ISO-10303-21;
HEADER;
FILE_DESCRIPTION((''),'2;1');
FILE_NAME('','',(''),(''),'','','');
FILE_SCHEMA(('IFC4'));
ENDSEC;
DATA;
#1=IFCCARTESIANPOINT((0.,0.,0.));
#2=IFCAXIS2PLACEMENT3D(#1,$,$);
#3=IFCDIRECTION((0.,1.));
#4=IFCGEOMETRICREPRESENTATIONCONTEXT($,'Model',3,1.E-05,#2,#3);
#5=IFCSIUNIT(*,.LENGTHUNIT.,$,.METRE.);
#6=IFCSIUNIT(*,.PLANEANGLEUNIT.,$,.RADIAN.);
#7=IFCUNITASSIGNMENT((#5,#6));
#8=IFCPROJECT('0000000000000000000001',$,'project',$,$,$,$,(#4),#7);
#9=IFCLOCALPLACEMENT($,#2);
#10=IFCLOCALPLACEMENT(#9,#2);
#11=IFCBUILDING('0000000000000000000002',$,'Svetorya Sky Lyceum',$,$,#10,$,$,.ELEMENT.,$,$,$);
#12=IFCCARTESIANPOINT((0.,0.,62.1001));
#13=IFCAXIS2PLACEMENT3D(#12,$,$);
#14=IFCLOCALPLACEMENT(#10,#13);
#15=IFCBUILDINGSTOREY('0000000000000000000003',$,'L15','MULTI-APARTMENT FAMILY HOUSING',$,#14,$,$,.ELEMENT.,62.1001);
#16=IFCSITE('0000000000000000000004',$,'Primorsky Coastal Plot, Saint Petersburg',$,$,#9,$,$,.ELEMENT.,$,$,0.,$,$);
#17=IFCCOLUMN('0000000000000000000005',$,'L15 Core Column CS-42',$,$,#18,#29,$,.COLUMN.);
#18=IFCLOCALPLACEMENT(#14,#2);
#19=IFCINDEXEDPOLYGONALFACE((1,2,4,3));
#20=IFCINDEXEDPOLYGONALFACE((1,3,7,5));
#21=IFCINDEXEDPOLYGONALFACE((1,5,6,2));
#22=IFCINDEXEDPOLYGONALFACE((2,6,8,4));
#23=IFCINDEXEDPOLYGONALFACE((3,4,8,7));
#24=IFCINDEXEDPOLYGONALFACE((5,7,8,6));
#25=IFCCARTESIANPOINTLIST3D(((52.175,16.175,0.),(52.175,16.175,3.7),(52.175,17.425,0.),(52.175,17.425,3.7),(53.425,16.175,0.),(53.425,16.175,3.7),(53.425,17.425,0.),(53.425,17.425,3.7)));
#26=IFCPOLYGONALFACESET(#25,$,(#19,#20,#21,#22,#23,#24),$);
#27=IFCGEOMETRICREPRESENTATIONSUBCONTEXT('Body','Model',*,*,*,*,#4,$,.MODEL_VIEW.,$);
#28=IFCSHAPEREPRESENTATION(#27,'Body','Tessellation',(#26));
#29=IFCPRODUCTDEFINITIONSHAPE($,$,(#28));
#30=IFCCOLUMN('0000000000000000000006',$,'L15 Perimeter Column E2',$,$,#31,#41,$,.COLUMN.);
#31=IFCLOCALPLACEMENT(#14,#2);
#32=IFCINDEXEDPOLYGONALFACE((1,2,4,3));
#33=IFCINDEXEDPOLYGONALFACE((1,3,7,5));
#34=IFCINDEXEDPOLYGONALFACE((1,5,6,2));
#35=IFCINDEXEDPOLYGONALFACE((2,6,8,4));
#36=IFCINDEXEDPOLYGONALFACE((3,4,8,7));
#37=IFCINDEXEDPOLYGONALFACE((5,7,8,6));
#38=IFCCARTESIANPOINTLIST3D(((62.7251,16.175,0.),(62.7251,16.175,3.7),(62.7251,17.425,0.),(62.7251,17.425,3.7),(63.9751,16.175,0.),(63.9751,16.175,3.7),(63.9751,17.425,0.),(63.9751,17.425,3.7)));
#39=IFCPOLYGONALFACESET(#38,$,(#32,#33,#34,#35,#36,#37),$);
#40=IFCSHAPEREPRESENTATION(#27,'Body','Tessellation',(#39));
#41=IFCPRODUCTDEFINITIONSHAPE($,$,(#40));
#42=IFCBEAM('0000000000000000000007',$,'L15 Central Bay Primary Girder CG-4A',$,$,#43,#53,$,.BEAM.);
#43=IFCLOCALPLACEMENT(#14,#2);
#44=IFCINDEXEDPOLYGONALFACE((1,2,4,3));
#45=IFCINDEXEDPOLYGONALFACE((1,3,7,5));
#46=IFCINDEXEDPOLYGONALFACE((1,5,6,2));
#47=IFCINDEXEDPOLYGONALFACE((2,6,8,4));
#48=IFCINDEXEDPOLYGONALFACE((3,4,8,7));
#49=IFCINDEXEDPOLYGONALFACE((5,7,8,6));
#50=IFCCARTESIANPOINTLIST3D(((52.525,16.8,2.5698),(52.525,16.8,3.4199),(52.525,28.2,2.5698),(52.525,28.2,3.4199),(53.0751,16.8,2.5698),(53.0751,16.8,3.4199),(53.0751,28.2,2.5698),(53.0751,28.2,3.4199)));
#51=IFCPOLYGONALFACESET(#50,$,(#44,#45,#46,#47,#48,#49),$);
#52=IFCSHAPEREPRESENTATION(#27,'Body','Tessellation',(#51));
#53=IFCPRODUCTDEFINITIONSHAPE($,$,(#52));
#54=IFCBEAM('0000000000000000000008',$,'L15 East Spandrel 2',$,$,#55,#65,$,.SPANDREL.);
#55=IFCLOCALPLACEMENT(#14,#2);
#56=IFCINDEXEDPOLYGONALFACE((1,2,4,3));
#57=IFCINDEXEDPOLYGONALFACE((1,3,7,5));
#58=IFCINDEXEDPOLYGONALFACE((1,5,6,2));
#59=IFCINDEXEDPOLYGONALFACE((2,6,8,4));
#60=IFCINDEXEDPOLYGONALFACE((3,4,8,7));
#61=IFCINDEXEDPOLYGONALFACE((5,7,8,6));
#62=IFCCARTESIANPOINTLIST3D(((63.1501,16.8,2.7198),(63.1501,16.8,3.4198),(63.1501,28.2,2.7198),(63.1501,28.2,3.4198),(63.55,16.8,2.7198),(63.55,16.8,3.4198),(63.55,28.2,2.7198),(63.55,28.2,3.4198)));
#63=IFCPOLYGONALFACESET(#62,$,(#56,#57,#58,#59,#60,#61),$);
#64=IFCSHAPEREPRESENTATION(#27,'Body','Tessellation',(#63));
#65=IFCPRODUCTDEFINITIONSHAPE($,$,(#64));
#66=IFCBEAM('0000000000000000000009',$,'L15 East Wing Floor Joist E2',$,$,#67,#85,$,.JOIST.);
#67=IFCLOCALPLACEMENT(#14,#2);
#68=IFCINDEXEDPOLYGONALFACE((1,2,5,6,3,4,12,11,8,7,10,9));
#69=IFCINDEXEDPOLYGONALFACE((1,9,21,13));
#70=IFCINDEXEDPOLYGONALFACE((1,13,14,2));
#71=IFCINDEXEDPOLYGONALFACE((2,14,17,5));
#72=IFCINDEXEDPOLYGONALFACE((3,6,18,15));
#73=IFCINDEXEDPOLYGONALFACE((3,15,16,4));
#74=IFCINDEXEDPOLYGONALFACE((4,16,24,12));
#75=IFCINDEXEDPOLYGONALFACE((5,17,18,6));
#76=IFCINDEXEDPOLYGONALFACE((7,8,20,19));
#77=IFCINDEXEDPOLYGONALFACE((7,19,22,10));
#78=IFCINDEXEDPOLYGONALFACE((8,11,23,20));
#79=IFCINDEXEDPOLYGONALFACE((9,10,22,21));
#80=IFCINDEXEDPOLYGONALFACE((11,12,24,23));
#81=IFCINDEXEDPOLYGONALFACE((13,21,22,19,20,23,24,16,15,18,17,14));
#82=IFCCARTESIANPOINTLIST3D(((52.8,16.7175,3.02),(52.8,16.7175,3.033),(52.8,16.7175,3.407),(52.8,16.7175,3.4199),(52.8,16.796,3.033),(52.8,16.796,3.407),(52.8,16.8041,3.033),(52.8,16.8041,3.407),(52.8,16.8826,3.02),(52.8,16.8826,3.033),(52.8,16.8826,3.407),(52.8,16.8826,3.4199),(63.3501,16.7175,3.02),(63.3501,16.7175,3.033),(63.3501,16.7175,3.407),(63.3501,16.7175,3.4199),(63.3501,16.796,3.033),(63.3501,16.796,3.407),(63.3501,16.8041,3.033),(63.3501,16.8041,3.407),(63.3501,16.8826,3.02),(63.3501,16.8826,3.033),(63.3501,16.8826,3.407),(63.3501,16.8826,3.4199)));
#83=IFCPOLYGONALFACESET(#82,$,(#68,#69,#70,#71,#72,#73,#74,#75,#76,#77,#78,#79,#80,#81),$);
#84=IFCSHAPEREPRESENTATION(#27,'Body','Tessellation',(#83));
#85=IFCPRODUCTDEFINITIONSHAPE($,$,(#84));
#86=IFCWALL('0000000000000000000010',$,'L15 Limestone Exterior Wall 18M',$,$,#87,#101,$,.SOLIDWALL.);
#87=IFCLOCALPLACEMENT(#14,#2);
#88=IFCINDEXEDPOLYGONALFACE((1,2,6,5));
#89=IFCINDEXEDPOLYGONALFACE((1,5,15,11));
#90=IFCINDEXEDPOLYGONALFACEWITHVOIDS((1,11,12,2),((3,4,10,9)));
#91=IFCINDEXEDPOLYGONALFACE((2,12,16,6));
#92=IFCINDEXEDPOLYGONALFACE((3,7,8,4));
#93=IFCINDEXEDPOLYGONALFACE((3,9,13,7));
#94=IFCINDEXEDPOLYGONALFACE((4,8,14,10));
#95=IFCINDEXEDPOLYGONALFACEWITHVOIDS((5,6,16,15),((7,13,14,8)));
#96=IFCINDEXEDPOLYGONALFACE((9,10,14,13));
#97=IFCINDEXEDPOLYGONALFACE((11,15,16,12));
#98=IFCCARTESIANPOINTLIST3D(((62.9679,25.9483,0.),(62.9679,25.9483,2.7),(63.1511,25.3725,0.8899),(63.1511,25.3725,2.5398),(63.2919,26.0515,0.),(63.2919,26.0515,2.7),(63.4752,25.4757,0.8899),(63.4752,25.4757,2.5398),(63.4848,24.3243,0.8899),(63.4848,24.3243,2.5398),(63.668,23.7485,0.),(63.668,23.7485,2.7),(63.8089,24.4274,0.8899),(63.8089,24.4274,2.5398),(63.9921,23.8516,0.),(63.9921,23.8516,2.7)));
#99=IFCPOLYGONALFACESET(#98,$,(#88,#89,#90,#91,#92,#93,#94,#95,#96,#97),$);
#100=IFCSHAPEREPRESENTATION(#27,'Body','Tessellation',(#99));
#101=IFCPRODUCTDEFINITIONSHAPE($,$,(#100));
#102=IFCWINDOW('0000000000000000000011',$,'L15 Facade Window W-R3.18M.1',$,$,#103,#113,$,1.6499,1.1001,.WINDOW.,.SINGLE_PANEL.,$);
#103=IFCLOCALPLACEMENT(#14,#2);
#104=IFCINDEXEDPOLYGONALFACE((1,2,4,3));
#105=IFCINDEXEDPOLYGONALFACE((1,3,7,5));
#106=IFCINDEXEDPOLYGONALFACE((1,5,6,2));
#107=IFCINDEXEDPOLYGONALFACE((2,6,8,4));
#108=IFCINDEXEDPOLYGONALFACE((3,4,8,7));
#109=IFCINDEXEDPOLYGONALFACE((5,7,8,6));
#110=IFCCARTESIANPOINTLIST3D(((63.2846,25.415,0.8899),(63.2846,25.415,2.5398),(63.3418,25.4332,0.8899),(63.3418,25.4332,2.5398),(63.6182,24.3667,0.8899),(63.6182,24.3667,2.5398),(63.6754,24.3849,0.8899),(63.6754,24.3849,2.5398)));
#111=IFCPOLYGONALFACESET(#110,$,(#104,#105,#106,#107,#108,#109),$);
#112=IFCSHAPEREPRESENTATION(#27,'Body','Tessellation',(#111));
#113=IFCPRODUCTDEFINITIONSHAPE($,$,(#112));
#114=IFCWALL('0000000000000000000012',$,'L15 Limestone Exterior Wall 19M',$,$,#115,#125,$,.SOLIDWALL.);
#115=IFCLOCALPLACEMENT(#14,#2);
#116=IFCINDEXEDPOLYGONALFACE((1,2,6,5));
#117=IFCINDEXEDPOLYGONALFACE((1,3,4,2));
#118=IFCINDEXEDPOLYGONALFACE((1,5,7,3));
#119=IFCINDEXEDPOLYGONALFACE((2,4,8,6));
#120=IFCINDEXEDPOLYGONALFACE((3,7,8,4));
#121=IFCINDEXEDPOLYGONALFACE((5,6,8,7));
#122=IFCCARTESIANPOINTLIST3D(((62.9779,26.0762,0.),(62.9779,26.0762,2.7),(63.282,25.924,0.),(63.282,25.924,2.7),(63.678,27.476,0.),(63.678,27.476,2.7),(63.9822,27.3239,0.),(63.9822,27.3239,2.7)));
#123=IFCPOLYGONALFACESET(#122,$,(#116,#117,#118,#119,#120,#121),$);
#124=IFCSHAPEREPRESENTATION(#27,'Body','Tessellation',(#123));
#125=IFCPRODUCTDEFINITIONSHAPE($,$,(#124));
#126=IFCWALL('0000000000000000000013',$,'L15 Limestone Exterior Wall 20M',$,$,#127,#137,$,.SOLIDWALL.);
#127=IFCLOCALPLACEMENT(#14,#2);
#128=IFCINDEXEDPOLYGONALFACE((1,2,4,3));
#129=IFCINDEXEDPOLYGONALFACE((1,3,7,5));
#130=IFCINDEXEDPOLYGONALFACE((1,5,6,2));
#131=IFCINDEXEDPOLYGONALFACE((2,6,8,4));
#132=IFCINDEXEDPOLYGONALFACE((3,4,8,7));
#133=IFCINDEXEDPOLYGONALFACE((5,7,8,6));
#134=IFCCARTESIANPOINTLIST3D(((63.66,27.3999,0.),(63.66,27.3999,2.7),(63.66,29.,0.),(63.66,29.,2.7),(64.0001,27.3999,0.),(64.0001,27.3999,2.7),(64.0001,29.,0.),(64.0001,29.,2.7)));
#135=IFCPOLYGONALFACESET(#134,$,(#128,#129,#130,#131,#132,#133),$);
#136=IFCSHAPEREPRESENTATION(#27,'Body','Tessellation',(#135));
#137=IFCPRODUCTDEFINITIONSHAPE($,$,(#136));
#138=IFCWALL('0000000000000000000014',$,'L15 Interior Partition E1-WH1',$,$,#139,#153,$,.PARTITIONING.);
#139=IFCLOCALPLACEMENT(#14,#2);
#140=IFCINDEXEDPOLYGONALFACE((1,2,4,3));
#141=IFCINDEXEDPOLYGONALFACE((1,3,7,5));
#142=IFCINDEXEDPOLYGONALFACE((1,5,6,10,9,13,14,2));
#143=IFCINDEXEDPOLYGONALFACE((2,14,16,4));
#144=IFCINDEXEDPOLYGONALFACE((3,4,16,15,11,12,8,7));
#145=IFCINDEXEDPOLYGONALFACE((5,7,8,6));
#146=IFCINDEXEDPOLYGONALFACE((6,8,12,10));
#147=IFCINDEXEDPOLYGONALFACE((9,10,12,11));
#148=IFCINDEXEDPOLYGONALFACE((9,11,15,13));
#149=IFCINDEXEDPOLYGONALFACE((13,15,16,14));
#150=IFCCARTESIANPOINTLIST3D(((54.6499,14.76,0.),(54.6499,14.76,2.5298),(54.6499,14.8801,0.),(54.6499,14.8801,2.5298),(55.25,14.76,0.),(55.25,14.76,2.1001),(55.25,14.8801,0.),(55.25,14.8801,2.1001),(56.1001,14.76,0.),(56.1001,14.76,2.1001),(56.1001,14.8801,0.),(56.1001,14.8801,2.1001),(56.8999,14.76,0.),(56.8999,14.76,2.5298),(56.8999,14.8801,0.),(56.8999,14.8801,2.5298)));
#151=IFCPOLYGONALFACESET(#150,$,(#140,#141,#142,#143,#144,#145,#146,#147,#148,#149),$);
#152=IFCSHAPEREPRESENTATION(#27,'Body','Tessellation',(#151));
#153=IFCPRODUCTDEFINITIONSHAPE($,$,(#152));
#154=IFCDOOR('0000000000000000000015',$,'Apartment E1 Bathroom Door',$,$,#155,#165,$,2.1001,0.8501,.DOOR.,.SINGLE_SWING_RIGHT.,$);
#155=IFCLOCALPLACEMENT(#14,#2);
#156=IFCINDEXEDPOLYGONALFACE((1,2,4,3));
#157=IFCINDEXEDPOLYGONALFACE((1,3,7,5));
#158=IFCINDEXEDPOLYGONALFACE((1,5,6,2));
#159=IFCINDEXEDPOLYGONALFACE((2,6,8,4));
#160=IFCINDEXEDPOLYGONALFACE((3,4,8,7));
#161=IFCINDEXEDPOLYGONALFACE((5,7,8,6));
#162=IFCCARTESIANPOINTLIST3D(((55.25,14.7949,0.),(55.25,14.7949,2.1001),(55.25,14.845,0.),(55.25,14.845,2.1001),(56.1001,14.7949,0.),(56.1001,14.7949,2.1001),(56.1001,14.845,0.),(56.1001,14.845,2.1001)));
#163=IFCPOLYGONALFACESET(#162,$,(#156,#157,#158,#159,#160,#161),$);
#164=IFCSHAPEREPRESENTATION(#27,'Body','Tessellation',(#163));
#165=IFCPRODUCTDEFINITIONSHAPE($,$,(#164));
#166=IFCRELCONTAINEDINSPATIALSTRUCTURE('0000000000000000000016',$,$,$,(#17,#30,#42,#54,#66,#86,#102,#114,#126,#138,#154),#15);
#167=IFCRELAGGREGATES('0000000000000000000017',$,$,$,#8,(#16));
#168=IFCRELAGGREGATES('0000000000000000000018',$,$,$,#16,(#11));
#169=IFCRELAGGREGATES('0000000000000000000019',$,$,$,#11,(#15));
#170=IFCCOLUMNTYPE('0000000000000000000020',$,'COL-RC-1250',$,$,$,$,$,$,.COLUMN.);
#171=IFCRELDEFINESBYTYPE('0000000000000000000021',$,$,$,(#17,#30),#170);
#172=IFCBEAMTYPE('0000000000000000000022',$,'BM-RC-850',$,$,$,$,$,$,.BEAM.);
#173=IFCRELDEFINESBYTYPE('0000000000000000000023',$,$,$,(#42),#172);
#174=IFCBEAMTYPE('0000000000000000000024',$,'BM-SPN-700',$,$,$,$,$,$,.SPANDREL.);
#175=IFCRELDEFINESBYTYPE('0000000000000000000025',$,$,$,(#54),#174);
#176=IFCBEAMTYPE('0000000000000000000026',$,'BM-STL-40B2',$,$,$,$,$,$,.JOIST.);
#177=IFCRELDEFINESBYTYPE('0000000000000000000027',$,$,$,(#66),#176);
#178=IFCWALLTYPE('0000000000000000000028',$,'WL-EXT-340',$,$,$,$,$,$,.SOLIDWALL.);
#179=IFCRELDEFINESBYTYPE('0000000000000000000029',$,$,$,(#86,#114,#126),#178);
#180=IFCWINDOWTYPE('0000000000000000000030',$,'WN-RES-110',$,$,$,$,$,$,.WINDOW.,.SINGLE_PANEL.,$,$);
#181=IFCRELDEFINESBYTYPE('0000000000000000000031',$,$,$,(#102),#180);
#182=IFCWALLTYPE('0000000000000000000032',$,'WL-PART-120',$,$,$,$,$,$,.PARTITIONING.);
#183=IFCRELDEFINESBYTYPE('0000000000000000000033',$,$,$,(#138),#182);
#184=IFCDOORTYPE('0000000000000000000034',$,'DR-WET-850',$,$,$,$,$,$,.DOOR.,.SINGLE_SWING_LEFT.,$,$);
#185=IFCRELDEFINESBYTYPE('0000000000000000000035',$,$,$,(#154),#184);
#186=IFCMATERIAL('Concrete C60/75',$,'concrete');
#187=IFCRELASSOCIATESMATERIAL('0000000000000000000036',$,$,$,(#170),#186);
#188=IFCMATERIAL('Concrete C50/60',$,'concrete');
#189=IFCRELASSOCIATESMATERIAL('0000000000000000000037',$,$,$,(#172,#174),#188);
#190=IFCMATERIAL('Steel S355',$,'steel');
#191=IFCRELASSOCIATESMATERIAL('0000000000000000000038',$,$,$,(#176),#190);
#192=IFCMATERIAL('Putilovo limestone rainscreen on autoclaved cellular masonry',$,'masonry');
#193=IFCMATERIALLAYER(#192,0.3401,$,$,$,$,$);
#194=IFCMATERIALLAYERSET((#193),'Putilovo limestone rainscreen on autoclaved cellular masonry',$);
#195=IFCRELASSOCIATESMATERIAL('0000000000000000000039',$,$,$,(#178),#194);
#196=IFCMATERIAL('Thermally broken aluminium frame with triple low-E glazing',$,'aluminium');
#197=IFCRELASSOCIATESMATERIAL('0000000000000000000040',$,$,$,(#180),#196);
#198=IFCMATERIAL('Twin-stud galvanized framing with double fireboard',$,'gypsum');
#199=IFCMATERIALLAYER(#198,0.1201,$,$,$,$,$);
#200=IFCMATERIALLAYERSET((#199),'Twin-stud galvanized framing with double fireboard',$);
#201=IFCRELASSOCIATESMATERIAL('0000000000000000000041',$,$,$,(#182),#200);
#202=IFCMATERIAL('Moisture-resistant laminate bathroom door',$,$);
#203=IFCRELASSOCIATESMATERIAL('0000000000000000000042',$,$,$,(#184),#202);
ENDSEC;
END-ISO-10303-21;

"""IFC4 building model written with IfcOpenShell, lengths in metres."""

from ifc_helpers import new_model, si_unit, direction, frame, frame_2d, origin, origin_2d, place, context, subcontext, project, spatial, rectangle, i_section, extrude, material, layer, layer_set, material_profile, profile_set, type_object, element, fill, save


model = new_model("IFC4")

# Units and contexts
model_context = context("Model", 3, precision=1e-05, world=origin(), true_north=direction((0.0, 1.0)))
body_context = subcontext(model_context, "Body", "Model", "MODEL_VIEW")
ifc_project = project(units=[si_unit("LENGTHUNIT", "METRE"), si_unit("PLANEANGLEUNIT", "RADIAN")], contexts=[model_context])

# Site, building, storey
site_placement = place(None, origin())
site = spatial("IfcSite", under=ifc_project, at=site_placement, Name="Primorsky Coastal Plot, Saint Petersburg", CompositionType="ELEMENT", RefElevation=0.0)
building_placement = place(site_placement, origin())
building = spatial("IfcBuilding", under=site, at=building_placement, Name="Svetorya Sky Lyceum", CompositionType="ELEMENT")
storey_placement = place(building_placement, frame((0.0, 0.0, 62.1001)))
storey = spatial("IfcBuildingStorey", under=building, at=storey_placement, Name="L15", Description="MULTI-APARTMENT FAMILY HOUSING", CompositionType="ELEMENT", Elevation=62.1001)

# Columns
ifc_material_1 = material(Name="Concrete C60/75", Category="concrete")
ifc_material_profile_1 = material_profile(ifc_material_1, rectangle(XDim=1.25, YDim=1.25, at=origin_2d()), Name="RC COL 1250x1250")
ifc_profile_set_1 = profile_set([ifc_material_profile_1], Name="Concrete C60/75")
column_type = type_object("IfcColumnType", Name="COL-RC-1250", PredefinedType="COLUMN", material=ifc_profile_set_1)
for number, where, z_axis, x_axis, name in (
    (1, (52.8, 16.8, 0.0), (0.0, 0.0, 1.0), (1.0, 0.0, 0.0), "L15 Core Column CS-42"),
    (2, (63.3501, 16.8, 0.0), (0.0, 0.0, 1.0), (1.0, 0.0, 0.0), "L15 Perimeter Column E2"),
):
    element("IfcColumn", number, at=place(storey_placement, frame(where, z_axis=z_axis, x_axis=x_axis)), inside=storey, type_object=column_type, Name=name, PredefinedType="COLUMN", context=body_context, shape_type="SweptSolid", body=[
        extrude(rectangle(XDim=1.25, YDim=1.25, at=origin_2d()), origin(), (0.0, 0.0, 1.0), 3.7),
    ])

# Beams
ifc_material_2 = material(Name="Concrete C50/60", Category="concrete")
ifc_material_profile_2 = material_profile(ifc_material_2, rectangle(XDim=0.55, YDim=0.8501, at=origin_2d()), Name="RC BEAM 550x850")
ifc_profile_set_2 = profile_set([ifc_material_profile_2], Name="Concrete C50/60")
beam_type_1 = type_object("IfcBeamType", Name="BM-RC-850", PredefinedType="BEAM", material=ifc_profile_set_2)
beam_1_placement = place(storey_placement, frame((52.8, 16.8, 2.9949), z_axis=(0.0, 1.0, 0.0), x_axis=(-1.0, 0.0, 0.0)))
element("IfcBeam", 3, at=beam_1_placement, inside=storey, type_object=beam_type_1, Name="L15 Central Bay Primary Girder CG-4A", PredefinedType="BEAM", context=body_context, shape_type="SweptSolid", body=[
    extrude(rectangle(XDim=0.55, YDim=0.8501, at=origin_2d()), origin(), (0.0, 0.0, 1.0), 11.3999),
])
ifc_material_profile_3 = material_profile(ifc_material_2, rectangle(XDim=0.3999, YDim=0.7, at=origin_2d()), Name="RC SPANDREL 400x700")
ifc_profile_set_3 = profile_set([ifc_material_profile_3], Name="Concrete C50/60")
beam_type_2 = type_object("IfcBeamType", Name="BM-SPN-700", PredefinedType="SPANDREL", material=ifc_profile_set_3)
beam_2_placement = place(storey_placement, frame((63.3501, 16.8, 3.0698), z_axis=(0.0, 1.0, 0.0), x_axis=(-1.0, 0.0, 0.0)))
element("IfcBeam", 4, at=beam_2_placement, inside=storey, type_object=beam_type_2, Name="L15 East Spandrel 2", PredefinedType="SPANDREL", context=body_context, shape_type="SweptSolid", body=[
    extrude(rectangle(XDim=0.3999, YDim=0.7, at=origin_2d()), origin(), (0.0, 0.0, 1.0), 11.3999),
])
ifc_material_3 = material(Name="Steel S355", Category="steel")
ifc_material_profile_4 = material_profile(ifc_material_3, i_section(OverallWidth=0.165, OverallDepth=0.3999, WebThickness=0.0081, FlangeThickness=0.0129, at=origin_2d()), Name="GOST 40B2")
ifc_profile_set_4 = profile_set([ifc_material_profile_4], Name="Steel S355")
beam_type_3 = type_object("IfcBeamType", Name="BM-STL-40B2", PredefinedType="JOIST", material=ifc_profile_set_4)
beam_3_placement = place(storey_placement, frame((52.8, 16.8, 3.22), z_axis=(1.0, 0.0, 0.0), x_axis=(0.0, 1.0, 0.0)))
element("IfcBeam", 5, at=beam_3_placement, inside=storey, type_object=beam_type_3, Name="L15 East Wing Floor Joist E2", PredefinedType="JOIST", context=body_context, shape_type="SweptSolid", body=[
    extrude(i_section(OverallWidth=0.165, OverallDepth=0.3999, WebThickness=0.0081, FlangeThickness=0.0129, at=origin_2d()), origin(), (0.0, 0.0, 1.0), 10.55),
])

# Wall, opening, window
ifc_material_4 = material(Name="Putilovo limestone rainscreen on autoclaved cellular masonry", Category="masonry")
ifc_layer_1 = layer(ifc_material_4, 0.3401)
ifc_layer_set_1 = layer_set([ifc_layer_1], Name="Putilovo limestone rainscreen on autoclaved cellular masonry")
wall_type_1 = type_object("IfcWallType", Name="WL-EXT-340", PredefinedType="SOLIDWALL", material=ifc_layer_set_1)
wall_1_placement = place(storey_placement, frame((63.8301, 23.8, 0.0), z_axis=(0.0, 0.0, 1.0), x_axis=(-0.303287, 0.952899, 0.0)))
wall_1 = element("IfcWall", 6, at=wall_1_placement, inside=storey, type_object=wall_type_1, Name="L15 Limestone Exterior Wall 18M", PredefinedType="SOLIDWALL", context=body_context, shape_type="SweptSolid", body=[
    extrude(rectangle(XDim=2.3086, YDim=0.3401, at=frame_2d((1.1543, 0.0))), origin(), (0.0, 0.0, 1.0), 2.7),
])
opening_1_placement = place(wall_1_placement, frame((0.6042, 0.0, 0.8899)))
opening_1 = element("IfcOpeningElement", 7, at=opening_1_placement, cuts=wall_1, PredefinedType="OPENING", context=body_context, shape_type="SweptSolid", body=[
    extrude(rectangle(XDim=1.1001, YDim=1.6499, at=frame_2d((0.55, 0.825))), frame((0.0, 0.1799, 0.0), z_axis=(0.0, -1.0, 0.0), x_axis=(1.0, 0.0, 0.0)), (0.0, 0.0, 1.0), 0.3601),
])
ifc_material_5 = material(Name="Thermally broken aluminium frame with triple low-E glazing", Category="aluminium")
window_type = type_object("IfcWindowType", Name="WN-RES-110", PartitioningType="SINGLE_PANEL", PredefinedType="WINDOW", material=ifc_material_5)
window_placement = place(opening_1_placement, origin())
window = element("IfcWindow", 8, at=window_placement, inside=storey, type_object=window_type, Name="L15 Facade Window W-R3.18M.1", OverallHeight=1.6499, OverallWidth=1.1001, PartitioningType="SINGLE_PANEL", PredefinedType="WINDOW", context=body_context, shape_type="SweptSolid", body=[
    extrude(rectangle(XDim=1.1001, YDim=1.6499, at=frame_2d((0.55, 0.825))), frame((0.0, 0.03, 0.0), z_axis=(0.0, -1.0, 0.0), x_axis=(1.0, 0.0, 0.0)), (0.0, 0.0, 1.0), 0.0601),
])
fill(opening_1, window)

# Walls
wall_2_placement = place(storey_placement, frame((63.1299, 26.0, 0.0), z_axis=(0.0, 0.0, 1.0), x_axis=(0.447338, 0.894365, 0.0)))
element("IfcWall", 9, at=wall_2_placement, inside=storey, type_object=wall_type_1, Name="L15 Limestone Exterior Wall 19M", PredefinedType="SOLIDWALL", context=body_context, shape_type="SweptSolid", body=[
    extrude(rectangle(XDim=1.5652, YDim=0.3401, at=frame_2d((0.7827, 0.0))), origin(), (0.0, 0.0, 1.0), 2.7),
])
wall_3_placement = place(storey_placement, frame((63.8301, 27.3999, 0.0), z_axis=(0.0, 0.0, 1.0), x_axis=(0.0, 1.0, 0.0)))
element("IfcWall", 10, at=wall_3_placement, inside=storey, type_object=wall_type_1, Name="L15 Limestone Exterior Wall 20M", PredefinedType="SOLIDWALL", context=body_context, shape_type="SweptSolid", body=[
    extrude(rectangle(XDim=1.6001, YDim=0.3401, at=frame_2d((0.8, 0.0))), origin(), (0.0, 0.0, 1.0), 2.7),
])

# Wall, opening, door
ifc_material_6 = material(Name="Twin-stud galvanized framing with double fireboard", Category="gypsum")
ifc_layer_2 = layer(ifc_material_6, 0.1201)
ifc_layer_set_2 = layer_set([ifc_layer_2], Name="Twin-stud galvanized framing with double fireboard")
wall_type_2 = type_object("IfcWallType", Name="WL-PART-120", PredefinedType="PARTITIONING", material=ifc_layer_set_2)
wall_4_placement = place(storey_placement, frame((54.6499, 14.8201, 0.0), z_axis=(0.0, 0.0, 1.0), x_axis=(1.0, 0.0, 0.0)))
wall_4 = element("IfcWall", 11, at=wall_4_placement, inside=storey, type_object=wall_type_2, Name="L15 Interior Partition E1-WH1", PredefinedType="PARTITIONING", context=body_context, shape_type="SweptSolid", body=[
    extrude(rectangle(XDim=2.25, YDim=0.1201, at=frame_2d((1.125, 0.0))), origin(), (0.0, 0.0, 1.0), 2.5298),
])
opening_2_placement = place(wall_4_placement, frame((0.6001, 0.0, 0.0)))
opening_2 = element("IfcOpeningElement", 12, at=opening_2_placement, cuts=wall_4, PredefinedType="OPENING", context=body_context, shape_type="SweptSolid", body=[
    extrude(rectangle(XDim=0.8501, YDim=2.1001, at=frame_2d((0.425, 1.05))), frame((0.0, 0.0701, 0.0), z_axis=(0.0, -1.0, 0.0), x_axis=(1.0, 0.0, 0.0)), (0.0, 0.0, 1.0), 0.1401),
])
ifc_material_7 = material(Name="Moisture-resistant laminate bathroom door")
door_type_1 = type_object("IfcDoorType", Name="DR-WET-850", OperationType="SINGLE_SWING_LEFT", PredefinedType="DOOR", material=ifc_material_7)
door_1_placement = place(opening_2_placement, origin())
door_1 = element("IfcDoor", 13, at=door_1_placement, inside=storey, type_object=door_type_1, Name="Apartment E1 Bathroom Door", OperationType="SINGLE_SWING_RIGHT", OverallHeight=2.1001, OverallWidth=0.8501, PredefinedType="DOOR", context=body_context, shape_type="SweptSolid", body=[
    extrude(rectangle(XDim=0.8501, YDim=2.1001, at=frame_2d((0.425, 1.05))), frame((0.0, 0.0249, 0.0), z_axis=(0.0, -1.0, 0.0), x_axis=(1.0, 0.0, 0.0)), (0.0, 0.0, 1.0), 0.05),
])
fill(opening_2, door_1)

save(model, "model.ifc")
